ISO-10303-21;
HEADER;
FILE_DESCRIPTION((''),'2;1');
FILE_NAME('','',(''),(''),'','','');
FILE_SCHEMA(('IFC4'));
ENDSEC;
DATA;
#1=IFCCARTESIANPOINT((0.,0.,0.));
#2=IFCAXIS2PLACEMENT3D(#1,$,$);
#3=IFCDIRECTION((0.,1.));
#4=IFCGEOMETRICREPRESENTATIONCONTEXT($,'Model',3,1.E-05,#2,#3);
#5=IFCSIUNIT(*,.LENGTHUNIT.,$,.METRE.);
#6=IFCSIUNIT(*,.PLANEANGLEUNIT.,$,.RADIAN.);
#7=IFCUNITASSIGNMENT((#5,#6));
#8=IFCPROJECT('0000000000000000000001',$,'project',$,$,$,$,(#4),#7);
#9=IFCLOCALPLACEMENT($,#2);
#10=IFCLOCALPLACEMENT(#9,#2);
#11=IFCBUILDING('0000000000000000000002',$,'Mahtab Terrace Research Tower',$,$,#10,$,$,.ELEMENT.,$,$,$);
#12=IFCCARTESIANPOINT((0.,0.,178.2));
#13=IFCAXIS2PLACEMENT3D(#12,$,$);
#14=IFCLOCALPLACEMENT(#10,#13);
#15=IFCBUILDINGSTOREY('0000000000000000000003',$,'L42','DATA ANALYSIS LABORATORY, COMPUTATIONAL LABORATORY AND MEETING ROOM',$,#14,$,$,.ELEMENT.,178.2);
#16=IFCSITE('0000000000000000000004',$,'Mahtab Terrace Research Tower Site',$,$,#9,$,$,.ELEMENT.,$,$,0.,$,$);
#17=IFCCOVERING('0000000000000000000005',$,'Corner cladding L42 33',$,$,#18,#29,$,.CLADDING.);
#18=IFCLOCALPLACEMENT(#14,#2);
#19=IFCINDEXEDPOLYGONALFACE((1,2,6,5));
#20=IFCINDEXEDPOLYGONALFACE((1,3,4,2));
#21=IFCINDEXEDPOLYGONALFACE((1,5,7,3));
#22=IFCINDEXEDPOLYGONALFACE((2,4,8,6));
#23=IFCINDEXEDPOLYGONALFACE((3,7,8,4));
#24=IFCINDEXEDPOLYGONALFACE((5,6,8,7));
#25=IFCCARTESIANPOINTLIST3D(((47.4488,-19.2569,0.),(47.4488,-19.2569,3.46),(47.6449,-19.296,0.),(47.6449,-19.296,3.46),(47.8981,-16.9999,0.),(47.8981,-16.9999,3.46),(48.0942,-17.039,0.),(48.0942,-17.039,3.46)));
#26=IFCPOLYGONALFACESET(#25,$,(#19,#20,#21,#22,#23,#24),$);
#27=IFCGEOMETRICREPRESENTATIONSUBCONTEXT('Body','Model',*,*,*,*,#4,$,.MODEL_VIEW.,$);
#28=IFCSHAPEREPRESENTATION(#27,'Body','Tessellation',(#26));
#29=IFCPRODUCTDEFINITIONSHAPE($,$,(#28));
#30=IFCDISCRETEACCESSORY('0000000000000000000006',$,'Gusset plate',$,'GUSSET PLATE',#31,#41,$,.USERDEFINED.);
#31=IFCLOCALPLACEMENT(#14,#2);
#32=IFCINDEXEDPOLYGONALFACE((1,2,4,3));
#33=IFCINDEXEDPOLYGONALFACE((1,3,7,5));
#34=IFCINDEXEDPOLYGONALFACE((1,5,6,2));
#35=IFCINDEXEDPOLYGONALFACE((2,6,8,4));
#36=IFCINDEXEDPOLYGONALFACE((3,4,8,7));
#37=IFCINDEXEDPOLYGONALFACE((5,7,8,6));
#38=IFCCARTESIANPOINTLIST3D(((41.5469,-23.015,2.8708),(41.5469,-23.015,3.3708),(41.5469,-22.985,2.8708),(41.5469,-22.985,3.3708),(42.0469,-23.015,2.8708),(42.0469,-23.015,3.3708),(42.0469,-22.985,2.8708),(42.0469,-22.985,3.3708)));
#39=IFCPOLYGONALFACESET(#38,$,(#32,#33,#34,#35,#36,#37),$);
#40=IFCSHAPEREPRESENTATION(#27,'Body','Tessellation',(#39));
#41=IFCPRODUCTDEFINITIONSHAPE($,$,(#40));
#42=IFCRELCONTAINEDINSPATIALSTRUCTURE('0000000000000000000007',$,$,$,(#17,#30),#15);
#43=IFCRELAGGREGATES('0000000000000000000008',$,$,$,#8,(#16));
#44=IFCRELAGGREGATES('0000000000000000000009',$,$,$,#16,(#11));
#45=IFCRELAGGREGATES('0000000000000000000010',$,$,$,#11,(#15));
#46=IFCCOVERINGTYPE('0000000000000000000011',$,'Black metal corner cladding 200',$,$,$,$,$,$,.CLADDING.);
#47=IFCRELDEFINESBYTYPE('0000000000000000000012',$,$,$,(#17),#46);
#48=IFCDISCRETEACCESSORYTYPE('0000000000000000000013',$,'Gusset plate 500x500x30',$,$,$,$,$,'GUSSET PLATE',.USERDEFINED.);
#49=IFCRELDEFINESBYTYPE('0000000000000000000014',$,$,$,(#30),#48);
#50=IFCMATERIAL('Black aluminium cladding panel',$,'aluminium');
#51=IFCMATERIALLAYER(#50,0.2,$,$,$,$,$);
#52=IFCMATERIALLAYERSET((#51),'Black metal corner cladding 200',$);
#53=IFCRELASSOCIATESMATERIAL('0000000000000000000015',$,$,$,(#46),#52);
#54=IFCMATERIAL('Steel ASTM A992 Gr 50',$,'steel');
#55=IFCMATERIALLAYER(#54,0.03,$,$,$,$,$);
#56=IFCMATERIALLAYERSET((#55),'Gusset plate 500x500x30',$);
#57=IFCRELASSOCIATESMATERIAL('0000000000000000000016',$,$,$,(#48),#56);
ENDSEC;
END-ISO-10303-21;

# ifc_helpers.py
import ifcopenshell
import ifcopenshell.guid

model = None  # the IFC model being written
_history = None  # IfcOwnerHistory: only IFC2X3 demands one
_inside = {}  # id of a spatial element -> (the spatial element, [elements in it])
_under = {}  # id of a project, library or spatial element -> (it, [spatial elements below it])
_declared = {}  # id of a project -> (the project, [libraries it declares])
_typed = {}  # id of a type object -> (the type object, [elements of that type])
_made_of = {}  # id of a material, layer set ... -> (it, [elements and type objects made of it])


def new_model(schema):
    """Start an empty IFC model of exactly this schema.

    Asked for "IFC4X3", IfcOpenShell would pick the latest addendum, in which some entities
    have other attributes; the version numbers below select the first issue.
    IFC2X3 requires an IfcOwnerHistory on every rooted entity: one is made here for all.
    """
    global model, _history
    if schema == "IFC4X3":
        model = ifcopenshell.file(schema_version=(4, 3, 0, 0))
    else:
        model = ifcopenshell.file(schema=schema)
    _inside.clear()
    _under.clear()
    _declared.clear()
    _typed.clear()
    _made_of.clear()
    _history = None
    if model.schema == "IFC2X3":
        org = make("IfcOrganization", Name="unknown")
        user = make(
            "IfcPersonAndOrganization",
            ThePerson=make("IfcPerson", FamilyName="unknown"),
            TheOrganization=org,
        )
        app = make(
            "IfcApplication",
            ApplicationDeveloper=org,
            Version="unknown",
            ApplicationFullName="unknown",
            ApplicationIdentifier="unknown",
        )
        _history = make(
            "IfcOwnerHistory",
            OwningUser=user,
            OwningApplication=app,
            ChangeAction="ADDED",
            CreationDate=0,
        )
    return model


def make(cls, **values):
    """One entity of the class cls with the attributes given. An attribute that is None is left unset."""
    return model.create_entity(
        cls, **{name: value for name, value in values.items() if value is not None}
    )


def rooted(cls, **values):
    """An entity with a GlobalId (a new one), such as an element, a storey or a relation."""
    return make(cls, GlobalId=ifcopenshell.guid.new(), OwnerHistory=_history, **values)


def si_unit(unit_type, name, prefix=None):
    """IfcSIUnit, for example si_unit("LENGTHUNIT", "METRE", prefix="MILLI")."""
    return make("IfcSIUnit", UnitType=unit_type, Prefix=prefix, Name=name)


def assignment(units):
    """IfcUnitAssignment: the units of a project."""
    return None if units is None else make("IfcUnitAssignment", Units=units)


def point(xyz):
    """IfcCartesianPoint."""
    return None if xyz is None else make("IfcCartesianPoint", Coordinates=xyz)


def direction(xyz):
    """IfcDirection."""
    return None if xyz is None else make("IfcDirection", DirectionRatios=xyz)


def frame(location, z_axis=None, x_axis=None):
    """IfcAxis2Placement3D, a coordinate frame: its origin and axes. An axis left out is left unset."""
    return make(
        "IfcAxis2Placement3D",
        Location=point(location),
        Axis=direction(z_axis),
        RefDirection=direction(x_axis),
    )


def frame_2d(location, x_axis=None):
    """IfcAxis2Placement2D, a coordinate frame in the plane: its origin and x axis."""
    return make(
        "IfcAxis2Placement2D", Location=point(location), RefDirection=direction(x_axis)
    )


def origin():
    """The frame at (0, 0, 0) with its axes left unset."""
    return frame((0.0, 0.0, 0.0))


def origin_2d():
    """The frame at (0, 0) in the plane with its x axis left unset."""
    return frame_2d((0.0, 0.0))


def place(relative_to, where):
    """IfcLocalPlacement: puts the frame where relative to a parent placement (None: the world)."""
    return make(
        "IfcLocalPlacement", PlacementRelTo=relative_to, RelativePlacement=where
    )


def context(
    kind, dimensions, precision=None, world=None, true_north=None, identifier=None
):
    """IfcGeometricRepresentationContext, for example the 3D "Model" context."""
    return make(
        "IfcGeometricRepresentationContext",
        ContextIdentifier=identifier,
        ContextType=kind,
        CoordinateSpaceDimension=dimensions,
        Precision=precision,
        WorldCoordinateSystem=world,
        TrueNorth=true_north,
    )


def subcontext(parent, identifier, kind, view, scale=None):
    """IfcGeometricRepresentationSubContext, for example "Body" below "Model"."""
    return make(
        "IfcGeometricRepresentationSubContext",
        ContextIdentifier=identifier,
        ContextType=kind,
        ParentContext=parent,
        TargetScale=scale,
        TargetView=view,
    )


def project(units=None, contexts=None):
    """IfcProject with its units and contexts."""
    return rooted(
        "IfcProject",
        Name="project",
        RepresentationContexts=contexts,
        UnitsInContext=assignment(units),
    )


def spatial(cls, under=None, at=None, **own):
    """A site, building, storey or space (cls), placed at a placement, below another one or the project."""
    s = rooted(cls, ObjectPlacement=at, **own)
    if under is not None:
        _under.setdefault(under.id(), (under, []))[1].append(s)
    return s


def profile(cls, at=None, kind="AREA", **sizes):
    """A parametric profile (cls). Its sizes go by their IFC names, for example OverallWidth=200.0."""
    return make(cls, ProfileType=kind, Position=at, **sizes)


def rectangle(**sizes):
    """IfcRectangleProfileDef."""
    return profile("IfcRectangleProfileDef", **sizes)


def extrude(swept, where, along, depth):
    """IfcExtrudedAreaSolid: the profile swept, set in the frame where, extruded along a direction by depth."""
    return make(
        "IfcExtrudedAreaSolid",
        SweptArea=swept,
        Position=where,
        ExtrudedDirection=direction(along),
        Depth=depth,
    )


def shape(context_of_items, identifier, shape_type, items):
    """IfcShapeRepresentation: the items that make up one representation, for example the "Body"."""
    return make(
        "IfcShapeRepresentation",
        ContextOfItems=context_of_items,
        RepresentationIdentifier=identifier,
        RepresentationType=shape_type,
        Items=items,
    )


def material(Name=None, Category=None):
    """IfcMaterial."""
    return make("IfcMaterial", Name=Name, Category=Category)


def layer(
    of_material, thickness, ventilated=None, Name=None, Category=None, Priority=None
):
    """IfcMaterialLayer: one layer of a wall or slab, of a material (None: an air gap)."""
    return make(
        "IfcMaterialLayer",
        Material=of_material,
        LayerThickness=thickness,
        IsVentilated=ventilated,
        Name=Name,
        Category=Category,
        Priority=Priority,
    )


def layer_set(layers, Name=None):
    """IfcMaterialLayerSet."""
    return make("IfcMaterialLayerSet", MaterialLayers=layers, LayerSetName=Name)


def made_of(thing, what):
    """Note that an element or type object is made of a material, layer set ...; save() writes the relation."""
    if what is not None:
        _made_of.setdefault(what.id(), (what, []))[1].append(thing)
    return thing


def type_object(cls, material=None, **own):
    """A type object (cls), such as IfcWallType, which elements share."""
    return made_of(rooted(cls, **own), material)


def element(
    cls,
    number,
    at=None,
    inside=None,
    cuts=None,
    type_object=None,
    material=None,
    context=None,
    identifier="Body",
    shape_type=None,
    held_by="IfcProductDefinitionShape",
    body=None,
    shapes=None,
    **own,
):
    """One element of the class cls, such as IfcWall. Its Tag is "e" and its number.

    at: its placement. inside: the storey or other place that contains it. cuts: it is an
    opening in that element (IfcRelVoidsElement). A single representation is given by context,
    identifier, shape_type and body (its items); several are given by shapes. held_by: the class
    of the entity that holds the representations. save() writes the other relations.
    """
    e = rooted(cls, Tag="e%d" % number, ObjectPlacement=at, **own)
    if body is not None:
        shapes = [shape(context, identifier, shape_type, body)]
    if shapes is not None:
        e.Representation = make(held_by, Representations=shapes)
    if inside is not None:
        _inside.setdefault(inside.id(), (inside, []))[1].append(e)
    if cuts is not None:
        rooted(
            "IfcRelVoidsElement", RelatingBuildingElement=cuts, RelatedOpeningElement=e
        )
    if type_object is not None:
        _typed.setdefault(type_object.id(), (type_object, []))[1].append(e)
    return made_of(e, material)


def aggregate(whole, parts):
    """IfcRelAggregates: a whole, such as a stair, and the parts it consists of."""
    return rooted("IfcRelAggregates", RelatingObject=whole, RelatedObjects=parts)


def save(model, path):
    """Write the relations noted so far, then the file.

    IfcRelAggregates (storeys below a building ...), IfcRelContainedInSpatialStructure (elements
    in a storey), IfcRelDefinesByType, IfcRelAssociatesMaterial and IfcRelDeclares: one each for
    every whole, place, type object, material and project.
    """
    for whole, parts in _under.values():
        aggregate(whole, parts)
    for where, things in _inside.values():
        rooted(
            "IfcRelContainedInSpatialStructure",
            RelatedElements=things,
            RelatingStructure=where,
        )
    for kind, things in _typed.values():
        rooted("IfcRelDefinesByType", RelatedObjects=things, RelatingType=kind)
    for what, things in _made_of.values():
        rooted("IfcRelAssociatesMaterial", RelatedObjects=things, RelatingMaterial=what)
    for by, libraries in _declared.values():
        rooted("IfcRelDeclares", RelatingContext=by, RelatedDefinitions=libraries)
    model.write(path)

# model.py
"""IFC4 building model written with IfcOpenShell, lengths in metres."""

from ifc_helpers import new_model, si_unit, direction, frame, origin, origin_2d, place, context, subcontext, project, spatial, rectangle, extrude, material, layer, layer_set, type_object, element, save


model = new_model("IFC4")

# Units and contexts
model_context = context("Model", 3, precision=1e-05, world=origin(), true_north=direction((0.0, 1.0)))
body_context = subcontext(model_context, "Body", "Model", "MODEL_VIEW")
ifc_project = project(units=[si_unit("LENGTHUNIT", "METRE"), si_unit("PLANEANGLEUNIT", "RADIAN")], contexts=[model_context])

# Site, building, storey
site_placement = place(None, origin())
site = spatial("IfcSite", under=ifc_project, at=site_placement, Name="Mahtab Terrace Research Tower Site", CompositionType="ELEMENT", RefElevation=0.0)
building_placement = place(site_placement, origin())
building = spatial("IfcBuilding", under=site, at=building_placement, Name="Mahtab Terrace Research Tower", CompositionType="ELEMENT")
storey_placement = place(building_placement, frame((0.0, 0.0, 178.2)))
storey = spatial("IfcBuildingStorey", under=building, at=storey_placement, Name="L42", Description="DATA ANALYSIS LABORATORY, COMPUTATIONAL LABORATORY AND MEETING ROOM", CompositionType="ELEMENT", Elevation=178.2)

# Shared definitions
ifc_material_1 = material(Name="Steel ASTM A992 Gr 50", Category="steel")

# Covering
ifc_material_2 = material(Name="Black aluminium cladding panel", Category="aluminium")
ifc_layer_1 = layer(ifc_material_2, 0.2)
ifc_layer_set_1 = layer_set([ifc_layer_1], Name="Black metal corner cladding 200")
covering_type = type_object("IfcCoveringType", Name="Black metal corner cladding 200", PredefinedType="CLADDING", material=ifc_layer_set_1)
for number, where, z_axis, x_axis, name in (
    (1, (47.7715, -18.1479, 0.0), (0.0, 0.0, 1.0), (0.195212, 0.980761, 0.0), "Corner cladding L42 33"),
):
    element("IfcCovering", number, at=place(storey_placement, frame(where, z_axis=z_axis, x_axis=x_axis)), inside=storey, type_object=covering_type, Name=name, PredefinedType="CLADDING", context=body_context, shape_type="SweptSolid", body=[
        extrude(rectangle(XDim=2.3013, YDim=0.2, at=origin_2d()), origin(), (0.0, 0.0, 1.0), 3.46),
    ])

# Discrete accessory
ifc_layer_2 = layer(ifc_material_1, 0.03)
ifc_layer_set_2 = layer_set([ifc_layer_2], Name="Gusset plate 500x500x30")
discrete_accessory_type = type_object("IfcDiscreteAccessoryType", Name="Gusset plate 500x500x30", ElementType="GUSSET PLATE", PredefinedType="USERDEFINED", material=ifc_layer_set_2)
discrete_accessory_placement = place(storey_placement, frame((41.7969, -23.0, 2.8708), z_axis=(0.0, 0.0, 1.0), x_axis=(1.0, 0.0, 0.0)))
element("IfcDiscreteAccessory", 2, at=discrete_accessory_placement, inside=storey, type_object=discrete_accessory_type, Name="Gusset plate", ObjectType="GUSSET PLATE", PredefinedType="USERDEFINED", context=body_context, shape_type="SweptSolid", body=[
    extrude(rectangle(XDim=0.5, YDim=0.03, at=origin_2d()), origin(), (0.0, 0.0, 1.0), 0.5),
])

save(model, "model.ifc")
